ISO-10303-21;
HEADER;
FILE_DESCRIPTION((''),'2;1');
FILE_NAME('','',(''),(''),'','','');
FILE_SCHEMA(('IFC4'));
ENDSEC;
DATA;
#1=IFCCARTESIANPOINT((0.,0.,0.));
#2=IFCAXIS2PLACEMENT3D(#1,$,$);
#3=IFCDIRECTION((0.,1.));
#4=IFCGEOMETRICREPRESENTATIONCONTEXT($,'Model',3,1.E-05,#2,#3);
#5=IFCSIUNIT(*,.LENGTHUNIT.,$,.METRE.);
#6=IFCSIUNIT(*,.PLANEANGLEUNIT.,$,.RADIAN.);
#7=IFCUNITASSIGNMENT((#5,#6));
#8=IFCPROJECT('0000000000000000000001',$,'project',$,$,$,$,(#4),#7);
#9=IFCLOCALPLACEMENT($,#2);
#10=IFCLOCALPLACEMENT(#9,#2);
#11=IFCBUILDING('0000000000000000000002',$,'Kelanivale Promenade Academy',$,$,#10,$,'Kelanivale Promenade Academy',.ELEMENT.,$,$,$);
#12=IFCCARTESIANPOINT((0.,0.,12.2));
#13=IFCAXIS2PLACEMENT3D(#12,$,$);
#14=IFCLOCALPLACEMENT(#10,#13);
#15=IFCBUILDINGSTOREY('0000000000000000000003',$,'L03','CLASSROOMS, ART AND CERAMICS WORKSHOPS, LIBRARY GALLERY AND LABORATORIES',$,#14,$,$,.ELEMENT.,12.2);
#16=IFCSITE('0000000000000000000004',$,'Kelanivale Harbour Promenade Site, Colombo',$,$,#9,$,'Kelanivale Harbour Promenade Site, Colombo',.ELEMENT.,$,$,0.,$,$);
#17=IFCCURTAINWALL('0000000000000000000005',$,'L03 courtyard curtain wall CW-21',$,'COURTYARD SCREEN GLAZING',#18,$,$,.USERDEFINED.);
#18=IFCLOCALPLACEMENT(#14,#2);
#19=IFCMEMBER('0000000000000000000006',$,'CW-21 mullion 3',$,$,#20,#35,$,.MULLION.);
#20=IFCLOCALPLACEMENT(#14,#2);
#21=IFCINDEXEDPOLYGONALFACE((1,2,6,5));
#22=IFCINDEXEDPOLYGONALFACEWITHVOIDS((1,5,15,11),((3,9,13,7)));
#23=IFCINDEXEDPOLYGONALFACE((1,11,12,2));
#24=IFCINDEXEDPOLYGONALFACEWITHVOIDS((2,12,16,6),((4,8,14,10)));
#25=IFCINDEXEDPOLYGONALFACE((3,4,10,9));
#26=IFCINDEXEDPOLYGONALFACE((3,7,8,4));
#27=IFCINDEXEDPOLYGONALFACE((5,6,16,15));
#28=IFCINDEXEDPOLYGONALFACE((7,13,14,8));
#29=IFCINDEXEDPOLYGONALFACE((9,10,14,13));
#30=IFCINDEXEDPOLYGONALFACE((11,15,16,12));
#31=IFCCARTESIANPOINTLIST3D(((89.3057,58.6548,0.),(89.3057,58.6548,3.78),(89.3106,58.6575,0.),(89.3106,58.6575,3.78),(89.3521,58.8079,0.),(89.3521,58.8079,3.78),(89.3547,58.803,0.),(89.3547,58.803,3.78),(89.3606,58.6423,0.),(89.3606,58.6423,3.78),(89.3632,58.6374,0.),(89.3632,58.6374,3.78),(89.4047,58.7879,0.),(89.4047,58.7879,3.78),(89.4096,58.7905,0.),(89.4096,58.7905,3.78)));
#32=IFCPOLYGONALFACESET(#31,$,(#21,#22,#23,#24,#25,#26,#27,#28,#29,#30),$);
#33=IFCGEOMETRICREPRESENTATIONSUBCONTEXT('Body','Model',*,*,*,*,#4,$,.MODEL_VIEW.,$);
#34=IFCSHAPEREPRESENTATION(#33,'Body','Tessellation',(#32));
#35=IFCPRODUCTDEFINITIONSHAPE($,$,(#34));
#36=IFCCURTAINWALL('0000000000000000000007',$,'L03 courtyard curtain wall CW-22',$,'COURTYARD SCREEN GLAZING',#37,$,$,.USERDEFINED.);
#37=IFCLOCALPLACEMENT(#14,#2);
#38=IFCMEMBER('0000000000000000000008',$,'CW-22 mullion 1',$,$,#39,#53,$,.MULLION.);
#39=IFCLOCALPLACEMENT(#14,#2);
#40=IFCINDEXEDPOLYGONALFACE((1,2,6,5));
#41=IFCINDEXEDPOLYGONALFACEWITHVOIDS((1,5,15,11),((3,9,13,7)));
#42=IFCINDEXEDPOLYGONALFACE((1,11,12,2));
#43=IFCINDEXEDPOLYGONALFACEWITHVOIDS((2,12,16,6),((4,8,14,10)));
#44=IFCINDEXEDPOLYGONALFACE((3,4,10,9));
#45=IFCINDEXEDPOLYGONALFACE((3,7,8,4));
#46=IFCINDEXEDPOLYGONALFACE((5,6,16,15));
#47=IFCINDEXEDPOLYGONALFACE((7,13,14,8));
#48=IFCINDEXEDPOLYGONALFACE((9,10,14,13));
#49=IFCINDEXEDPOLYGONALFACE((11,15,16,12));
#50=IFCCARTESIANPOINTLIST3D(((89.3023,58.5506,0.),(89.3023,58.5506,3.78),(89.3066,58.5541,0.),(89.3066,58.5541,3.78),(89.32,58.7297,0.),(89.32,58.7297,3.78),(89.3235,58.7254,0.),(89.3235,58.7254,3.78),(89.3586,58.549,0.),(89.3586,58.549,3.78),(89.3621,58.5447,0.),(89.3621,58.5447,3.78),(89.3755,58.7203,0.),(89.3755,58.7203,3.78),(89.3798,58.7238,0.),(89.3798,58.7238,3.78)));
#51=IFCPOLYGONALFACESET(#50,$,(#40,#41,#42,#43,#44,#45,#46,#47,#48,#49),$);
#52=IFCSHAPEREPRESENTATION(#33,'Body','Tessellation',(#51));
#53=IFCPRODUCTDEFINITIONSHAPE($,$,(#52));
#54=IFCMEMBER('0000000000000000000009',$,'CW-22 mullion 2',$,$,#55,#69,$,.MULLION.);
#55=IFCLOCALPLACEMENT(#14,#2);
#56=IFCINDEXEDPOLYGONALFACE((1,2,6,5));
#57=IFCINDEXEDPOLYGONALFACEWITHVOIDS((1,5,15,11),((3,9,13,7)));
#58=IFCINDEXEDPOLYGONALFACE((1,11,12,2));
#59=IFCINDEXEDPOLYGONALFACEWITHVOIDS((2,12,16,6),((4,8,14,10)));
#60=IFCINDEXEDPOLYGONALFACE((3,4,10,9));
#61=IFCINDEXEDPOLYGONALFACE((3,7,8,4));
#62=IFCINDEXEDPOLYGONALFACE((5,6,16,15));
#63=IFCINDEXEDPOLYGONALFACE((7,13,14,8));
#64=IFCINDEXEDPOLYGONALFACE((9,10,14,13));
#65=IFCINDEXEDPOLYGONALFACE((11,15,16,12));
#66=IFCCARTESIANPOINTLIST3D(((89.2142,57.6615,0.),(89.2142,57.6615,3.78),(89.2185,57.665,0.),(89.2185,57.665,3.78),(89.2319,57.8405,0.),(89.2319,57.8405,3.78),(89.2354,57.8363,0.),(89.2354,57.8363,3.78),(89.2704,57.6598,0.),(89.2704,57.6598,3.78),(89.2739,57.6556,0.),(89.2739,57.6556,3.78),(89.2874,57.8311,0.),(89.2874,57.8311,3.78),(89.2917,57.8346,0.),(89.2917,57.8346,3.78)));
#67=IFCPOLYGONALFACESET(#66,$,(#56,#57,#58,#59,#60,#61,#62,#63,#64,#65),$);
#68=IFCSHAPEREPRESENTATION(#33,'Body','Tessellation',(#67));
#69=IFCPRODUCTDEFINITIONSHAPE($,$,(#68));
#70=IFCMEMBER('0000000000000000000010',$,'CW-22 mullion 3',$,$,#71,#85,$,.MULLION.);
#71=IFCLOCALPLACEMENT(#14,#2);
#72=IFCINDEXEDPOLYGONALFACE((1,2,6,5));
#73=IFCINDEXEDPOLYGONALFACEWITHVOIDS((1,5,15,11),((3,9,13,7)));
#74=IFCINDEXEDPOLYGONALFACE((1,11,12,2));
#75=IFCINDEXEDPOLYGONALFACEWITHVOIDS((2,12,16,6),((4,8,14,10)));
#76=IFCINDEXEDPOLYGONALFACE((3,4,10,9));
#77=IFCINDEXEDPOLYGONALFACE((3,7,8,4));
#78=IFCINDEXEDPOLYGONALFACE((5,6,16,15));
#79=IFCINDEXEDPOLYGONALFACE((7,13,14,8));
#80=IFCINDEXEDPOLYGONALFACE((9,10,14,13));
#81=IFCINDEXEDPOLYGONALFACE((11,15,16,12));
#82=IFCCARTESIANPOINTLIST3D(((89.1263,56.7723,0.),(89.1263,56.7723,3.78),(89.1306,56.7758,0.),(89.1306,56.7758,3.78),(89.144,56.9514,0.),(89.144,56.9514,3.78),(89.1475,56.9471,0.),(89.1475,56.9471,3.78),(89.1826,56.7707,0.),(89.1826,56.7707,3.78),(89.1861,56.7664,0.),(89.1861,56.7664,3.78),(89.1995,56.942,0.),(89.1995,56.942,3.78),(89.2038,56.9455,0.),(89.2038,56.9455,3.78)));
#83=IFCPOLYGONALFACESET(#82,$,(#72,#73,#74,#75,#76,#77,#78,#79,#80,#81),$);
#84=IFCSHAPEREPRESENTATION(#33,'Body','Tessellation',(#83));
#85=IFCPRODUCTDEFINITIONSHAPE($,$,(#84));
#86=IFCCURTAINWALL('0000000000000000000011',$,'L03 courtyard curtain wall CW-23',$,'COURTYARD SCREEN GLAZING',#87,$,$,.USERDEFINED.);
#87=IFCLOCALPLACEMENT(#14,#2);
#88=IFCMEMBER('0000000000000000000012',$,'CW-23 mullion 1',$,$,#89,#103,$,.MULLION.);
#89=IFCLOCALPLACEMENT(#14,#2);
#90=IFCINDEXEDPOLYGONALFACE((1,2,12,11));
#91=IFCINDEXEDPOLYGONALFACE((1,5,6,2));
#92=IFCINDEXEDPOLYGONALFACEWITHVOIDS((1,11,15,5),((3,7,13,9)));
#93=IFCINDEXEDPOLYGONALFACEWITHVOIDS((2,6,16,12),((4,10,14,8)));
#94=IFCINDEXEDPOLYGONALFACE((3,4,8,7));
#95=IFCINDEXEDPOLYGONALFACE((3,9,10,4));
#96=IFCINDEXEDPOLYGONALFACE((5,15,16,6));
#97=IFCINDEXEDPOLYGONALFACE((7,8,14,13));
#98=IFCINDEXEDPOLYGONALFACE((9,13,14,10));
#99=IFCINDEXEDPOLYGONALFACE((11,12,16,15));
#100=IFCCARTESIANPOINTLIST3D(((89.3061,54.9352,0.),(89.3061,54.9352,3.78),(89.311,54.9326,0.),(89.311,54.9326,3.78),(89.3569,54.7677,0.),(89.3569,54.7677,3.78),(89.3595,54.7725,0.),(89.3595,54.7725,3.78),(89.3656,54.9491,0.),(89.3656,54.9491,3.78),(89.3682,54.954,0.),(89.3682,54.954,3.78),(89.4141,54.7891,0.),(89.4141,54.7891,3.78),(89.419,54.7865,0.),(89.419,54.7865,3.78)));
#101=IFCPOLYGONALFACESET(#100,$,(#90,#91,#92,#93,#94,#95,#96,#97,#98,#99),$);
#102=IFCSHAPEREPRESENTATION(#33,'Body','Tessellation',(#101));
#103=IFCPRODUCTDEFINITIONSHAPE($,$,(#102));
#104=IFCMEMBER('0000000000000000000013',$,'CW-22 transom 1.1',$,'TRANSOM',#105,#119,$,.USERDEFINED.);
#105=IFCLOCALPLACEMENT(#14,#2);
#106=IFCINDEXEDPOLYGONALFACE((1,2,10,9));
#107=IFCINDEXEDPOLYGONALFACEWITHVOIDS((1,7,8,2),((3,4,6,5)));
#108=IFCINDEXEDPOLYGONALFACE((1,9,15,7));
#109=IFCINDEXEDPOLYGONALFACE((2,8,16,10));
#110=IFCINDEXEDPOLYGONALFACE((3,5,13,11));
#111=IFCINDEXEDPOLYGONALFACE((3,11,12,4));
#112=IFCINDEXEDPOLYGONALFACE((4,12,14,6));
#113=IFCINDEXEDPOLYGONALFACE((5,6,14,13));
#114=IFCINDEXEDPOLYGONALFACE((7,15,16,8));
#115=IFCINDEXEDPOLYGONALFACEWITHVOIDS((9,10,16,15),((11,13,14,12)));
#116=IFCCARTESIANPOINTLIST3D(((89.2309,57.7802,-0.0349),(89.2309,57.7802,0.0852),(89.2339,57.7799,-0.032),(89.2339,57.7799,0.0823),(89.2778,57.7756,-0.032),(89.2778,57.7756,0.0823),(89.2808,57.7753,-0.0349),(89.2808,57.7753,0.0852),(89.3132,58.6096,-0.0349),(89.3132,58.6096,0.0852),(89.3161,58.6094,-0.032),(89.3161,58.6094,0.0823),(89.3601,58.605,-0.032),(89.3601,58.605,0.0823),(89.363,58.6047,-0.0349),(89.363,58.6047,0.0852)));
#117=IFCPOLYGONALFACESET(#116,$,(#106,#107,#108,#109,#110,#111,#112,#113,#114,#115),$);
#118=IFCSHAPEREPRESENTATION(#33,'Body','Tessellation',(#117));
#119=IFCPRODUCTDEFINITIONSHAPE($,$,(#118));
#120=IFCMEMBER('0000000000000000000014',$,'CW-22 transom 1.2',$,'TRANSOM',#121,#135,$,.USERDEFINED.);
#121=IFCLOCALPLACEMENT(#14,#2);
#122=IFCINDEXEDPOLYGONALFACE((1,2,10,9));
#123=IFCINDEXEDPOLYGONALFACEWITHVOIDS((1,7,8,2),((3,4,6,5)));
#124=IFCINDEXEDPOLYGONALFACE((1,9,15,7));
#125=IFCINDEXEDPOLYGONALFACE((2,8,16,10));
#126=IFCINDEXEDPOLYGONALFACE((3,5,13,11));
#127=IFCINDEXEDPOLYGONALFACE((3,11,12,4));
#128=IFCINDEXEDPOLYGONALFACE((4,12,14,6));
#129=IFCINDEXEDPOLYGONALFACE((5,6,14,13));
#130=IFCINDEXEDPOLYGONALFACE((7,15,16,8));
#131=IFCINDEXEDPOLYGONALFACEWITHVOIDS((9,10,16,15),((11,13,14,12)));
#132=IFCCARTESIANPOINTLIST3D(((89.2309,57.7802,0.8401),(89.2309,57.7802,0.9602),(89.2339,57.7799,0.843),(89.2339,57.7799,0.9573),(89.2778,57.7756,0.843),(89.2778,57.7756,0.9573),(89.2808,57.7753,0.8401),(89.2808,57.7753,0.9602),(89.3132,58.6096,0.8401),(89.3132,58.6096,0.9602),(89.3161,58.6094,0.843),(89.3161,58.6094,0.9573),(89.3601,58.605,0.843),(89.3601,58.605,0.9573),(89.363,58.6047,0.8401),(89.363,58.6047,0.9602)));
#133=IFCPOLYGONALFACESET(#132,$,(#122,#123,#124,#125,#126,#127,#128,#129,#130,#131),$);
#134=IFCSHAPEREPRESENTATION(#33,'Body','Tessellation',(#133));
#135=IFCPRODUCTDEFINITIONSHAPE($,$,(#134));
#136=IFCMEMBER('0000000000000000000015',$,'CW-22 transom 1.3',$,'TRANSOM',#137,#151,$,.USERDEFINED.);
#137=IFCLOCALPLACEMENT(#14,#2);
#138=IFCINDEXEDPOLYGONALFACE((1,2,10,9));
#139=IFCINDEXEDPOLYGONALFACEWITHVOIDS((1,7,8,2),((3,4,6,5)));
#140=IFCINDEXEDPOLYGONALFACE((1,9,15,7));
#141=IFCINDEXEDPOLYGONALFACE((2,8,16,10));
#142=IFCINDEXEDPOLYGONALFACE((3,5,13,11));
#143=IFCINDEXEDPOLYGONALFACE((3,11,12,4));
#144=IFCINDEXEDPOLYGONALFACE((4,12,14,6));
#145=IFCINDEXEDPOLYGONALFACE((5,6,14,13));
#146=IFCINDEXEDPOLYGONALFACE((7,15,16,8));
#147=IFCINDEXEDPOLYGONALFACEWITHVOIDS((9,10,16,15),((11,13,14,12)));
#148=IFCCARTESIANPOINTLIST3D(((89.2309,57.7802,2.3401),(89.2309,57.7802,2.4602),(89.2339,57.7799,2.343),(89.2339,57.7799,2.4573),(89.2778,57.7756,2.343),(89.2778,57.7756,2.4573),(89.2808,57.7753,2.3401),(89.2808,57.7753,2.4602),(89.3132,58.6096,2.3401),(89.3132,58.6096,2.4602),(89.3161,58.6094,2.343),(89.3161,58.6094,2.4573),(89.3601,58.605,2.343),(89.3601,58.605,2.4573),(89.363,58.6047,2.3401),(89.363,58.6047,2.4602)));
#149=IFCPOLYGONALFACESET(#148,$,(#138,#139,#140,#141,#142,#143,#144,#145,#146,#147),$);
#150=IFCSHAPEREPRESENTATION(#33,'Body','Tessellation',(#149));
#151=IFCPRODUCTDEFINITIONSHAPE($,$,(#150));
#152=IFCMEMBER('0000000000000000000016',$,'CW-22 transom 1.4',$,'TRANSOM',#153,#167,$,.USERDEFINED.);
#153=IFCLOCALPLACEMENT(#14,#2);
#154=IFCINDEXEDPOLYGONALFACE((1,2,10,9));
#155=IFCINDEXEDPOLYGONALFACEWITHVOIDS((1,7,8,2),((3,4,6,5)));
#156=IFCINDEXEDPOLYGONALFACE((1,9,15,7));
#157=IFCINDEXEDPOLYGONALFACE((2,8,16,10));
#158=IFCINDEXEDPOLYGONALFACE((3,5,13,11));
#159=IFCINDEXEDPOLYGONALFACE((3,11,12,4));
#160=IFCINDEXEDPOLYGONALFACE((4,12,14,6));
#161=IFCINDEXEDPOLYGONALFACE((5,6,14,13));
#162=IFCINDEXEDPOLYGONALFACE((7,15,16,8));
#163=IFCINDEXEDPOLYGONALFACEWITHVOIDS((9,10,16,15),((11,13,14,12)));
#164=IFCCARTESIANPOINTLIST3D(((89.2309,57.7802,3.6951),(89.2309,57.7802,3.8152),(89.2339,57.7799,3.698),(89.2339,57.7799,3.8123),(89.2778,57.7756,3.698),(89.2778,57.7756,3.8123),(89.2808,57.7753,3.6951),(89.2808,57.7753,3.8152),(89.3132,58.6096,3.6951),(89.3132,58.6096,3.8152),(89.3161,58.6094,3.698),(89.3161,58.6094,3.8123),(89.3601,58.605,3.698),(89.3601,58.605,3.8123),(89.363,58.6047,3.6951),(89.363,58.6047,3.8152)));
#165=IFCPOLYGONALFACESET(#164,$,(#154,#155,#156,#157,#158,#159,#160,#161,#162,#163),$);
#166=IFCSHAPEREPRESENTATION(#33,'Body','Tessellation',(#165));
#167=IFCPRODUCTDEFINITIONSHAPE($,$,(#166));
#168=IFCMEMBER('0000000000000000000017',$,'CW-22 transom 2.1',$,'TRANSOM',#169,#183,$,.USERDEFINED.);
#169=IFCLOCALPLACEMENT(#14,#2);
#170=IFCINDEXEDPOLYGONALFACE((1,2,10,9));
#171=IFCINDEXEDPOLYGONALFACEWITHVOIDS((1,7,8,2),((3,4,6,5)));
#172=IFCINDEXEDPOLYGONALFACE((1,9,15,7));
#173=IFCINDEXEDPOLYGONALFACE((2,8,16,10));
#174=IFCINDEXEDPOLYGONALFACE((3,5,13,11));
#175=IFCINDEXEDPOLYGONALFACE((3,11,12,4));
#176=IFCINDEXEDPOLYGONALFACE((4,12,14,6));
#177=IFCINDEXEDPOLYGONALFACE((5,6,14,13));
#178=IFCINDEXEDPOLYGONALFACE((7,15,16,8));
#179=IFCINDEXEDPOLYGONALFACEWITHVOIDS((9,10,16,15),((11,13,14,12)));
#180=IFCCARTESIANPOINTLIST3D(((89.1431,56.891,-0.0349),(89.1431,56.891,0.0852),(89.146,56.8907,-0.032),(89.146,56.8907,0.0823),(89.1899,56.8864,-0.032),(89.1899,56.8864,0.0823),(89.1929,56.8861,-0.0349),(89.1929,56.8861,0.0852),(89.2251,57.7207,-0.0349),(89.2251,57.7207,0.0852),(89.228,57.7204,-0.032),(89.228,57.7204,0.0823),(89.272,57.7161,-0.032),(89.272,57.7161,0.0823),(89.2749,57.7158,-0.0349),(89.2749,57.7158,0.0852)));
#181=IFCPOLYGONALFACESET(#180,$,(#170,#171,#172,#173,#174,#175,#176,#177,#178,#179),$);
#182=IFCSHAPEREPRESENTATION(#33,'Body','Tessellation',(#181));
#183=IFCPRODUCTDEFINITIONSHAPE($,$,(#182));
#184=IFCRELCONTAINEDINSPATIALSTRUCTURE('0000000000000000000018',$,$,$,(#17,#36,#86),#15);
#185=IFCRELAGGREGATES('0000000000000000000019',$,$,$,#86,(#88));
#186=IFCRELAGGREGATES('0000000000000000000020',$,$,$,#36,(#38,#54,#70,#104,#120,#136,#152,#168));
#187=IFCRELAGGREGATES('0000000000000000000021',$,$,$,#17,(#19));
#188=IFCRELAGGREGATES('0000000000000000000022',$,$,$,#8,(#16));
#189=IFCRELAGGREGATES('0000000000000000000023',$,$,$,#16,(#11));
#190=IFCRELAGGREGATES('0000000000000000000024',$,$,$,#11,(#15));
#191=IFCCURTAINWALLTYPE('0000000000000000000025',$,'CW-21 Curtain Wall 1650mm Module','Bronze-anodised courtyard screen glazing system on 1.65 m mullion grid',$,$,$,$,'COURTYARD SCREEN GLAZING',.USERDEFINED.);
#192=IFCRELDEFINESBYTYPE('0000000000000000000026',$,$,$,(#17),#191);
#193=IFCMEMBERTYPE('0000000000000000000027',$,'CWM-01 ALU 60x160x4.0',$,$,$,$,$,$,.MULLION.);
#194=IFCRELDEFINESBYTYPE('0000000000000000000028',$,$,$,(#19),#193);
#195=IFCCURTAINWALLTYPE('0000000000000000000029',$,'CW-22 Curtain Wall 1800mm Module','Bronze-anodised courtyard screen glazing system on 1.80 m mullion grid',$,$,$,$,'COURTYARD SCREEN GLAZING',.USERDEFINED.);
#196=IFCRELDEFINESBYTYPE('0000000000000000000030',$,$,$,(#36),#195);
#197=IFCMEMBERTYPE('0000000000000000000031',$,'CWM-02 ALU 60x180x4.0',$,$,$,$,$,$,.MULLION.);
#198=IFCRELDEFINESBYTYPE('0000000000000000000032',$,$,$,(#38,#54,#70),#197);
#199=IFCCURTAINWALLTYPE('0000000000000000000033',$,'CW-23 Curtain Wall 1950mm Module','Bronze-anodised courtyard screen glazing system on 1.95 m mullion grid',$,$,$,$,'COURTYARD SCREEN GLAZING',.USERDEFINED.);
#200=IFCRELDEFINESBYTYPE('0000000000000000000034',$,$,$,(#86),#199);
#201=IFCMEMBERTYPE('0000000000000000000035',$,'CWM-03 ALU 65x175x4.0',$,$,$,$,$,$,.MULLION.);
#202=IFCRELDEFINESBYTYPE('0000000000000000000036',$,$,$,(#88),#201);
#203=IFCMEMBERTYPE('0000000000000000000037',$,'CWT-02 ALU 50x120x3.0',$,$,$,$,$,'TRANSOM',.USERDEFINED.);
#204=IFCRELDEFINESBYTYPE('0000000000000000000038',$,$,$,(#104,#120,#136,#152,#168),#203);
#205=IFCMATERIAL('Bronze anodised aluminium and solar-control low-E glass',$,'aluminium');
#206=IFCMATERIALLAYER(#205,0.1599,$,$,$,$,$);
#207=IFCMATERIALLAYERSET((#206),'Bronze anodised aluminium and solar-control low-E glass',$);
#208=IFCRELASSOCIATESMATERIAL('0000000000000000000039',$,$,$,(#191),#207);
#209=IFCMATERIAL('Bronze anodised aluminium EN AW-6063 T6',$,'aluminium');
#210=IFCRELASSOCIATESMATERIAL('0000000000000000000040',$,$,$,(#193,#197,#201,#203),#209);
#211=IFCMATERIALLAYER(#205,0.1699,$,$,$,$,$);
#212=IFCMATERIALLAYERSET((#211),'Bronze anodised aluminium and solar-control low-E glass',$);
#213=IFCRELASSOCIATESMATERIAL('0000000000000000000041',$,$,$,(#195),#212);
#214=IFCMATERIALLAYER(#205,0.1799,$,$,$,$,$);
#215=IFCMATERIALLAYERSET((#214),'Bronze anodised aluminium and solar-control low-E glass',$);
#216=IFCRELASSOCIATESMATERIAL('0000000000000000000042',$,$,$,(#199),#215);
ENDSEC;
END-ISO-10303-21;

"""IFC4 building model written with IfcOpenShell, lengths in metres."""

from ifc_helpers import new_model, si_unit, direction, frame, origin, origin_2d, place, context, subcontext, project, spatial, hollow_rectangle, extrude, material, layer, layer_set, material_profile, profile_set, type_object, element, aggregate, save


model = new_model("IFC4")

# Units and contexts
model_context = context("Model", 3, precision=1e-05, world=origin(), true_north=direction((0.0, 1.0)))
body_context = subcontext(model_context, "Body", "Model", "MODEL_VIEW")
ifc_project = project(units=[si_unit("LENGTHUNIT", "METRE"), si_unit("PLANEANGLEUNIT", "RADIAN")], contexts=[model_context])

# Site, building, storey
site_placement = place(None, origin())
site = spatial("IfcSite", under=ifc_project, at=site_placement, Name="Kelanivale Harbour Promenade Site, Colombo", LongName="Kelanivale Harbour Promenade Site, Colombo", CompositionType="ELEMENT", RefElevation=0.0)
building_placement = place(site_placement, origin())
building = spatial("IfcBuilding", under=site, at=building_placement, Name="Kelanivale Promenade Academy", LongName="Kelanivale Promenade Academy", CompositionType="ELEMENT")
storey_placement = place(building_placement, frame((0.0, 0.0, 12.2)))
storey = spatial("IfcBuildingStorey", under=building, at=storey_placement, Name="L03", Description="CLASSROOMS, ART AND CERAMICS WORKSHOPS, LIBRARY GALLERY AND LABORATORIES", CompositionType="ELEMENT", Elevation=12.2)

# Curtain wall, member
ifc_material_1 = material(Name="Bronze anodised aluminium and solar-control low-E glass", Category="aluminium")
ifc_layer_1 = layer(ifc_material_1, 0.1599)
ifc_layer_set_1 = layer_set([ifc_layer_1], Name="Bronze anodised aluminium and solar-control low-E glass")
curtain_wall_type_1 = type_object("IfcCurtainWallType", Name="CW-21 Curtain Wall 1650mm Module", Description="Bronze-anodised courtyard screen glazing system on 1.65 m mullion grid", ElementType="COURTYARD SCREEN GLAZING", PredefinedType="USERDEFINED", material=ifc_layer_set_1)
curtain_wall_1_placement = place(storey_placement, origin())
curtain_wall_1 = element("IfcCurtainWall", 1, at=curtain_wall_1_placement, inside=storey, type_object=curtain_wall_type_1, Name="L03 courtyard curtain wall CW-21", ObjectType="COURTYARD SCREEN GLAZING", PredefinedType="USERDEFINED")
ifc_material_2 = material(Name="Bronze anodised aluminium EN AW-6063 T6", Category="aluminium")
ifc_material_profile_1 = material_profile(ifc_material_2, hollow_rectangle(XDim=0.0601, YDim=0.1599, WallThickness=0.0039, at=origin_2d()), Name="ALU 60x160x4.0")
ifc_profile_set_1 = profile_set([ifc_material_profile_1], Name="Bronze anodised aluminium EN AW-6063 T6")
member_type_1 = type_object("IfcMemberType", Name="CWM-01 ALU 60x160x4.0", PredefinedType="MULLION", material=ifc_profile_set_1)
member_1_placement = place(storey_placement, frame((89.3577, 58.7227, 0.0), z_axis=(0.0, 0.0, 1.0), x_axis=(0.957024, -0.290007, 0.0)))
member_1 = element("IfcMember", 2, at=member_1_placement, type_object=member_type_1, Name="CW-21 mullion 3", PredefinedType="MULLION", context=body_context, shape_type="SweptSolid", body=[
    extrude(hollow_rectangle(XDim=0.0601, YDim=0.1599, WallThickness=0.0039, at=origin_2d()), origin(), (0.0, 0.0, 1.0), 3.78),
])

# Curtain wall, members
ifc_layer_2 = layer(ifc_material_1, 0.1699)
ifc_layer_set_2 = layer_set([ifc_layer_2], Name="Bronze anodised aluminium and solar-control low-E glass")
curtain_wall_type_2 = type_object("IfcCurtainWallType", Name="CW-22 Curtain Wall 1800mm Module", Description="Bronze-anodised courtyard screen glazing system on 1.80 m mullion grid", ElementType="COURTYARD SCREEN GLAZING", PredefinedType="USERDEFINED", material=ifc_layer_set_2)
curtain_wall_2_placement = place(storey_placement, origin())
curtain_wall_2 = element("IfcCurtainWall", 3, at=curtain_wall_2_placement, inside=storey, type_object=curtain_wall_type_2, Name="L03 courtyard curtain wall CW-22", ObjectType="COURTYARD SCREEN GLAZING", PredefinedType="USERDEFINED")
ifc_material_profile_2 = material_profile(ifc_material_2, hollow_rectangle(XDim=0.0601, YDim=0.1799, WallThickness=0.0039, at=origin_2d()), Name="ALU 60x180x4.0")
ifc_profile_set_2 = profile_set([ifc_material_profile_2], Name="Bronze anodised aluminium EN AW-6063 T6")
member_type_2 = type_object("IfcMemberType", Name="CWM-02 ALU 60x180x4.0", PredefinedType="MULLION", material=ifc_profile_set_2)
member_2_placement = place(storey_placement, frame((89.3411, 58.6372, 0.0), z_axis=(0.0, 0.0, 1.0), x_axis=(0.995133, -0.098539, 0.0)))
member_2 = element("IfcMember", 4, at=member_2_placement, type_object=member_type_2, Name="CW-22 mullion 1", PredefinedType="MULLION", context=body_context, shape_type="SweptSolid", body=[
    extrude(hollow_rectangle(XDim=0.0601, YDim=0.1799, WallThickness=0.0039, at=origin_2d()), origin(), (0.0, 0.0, 1.0), 3.78),
])
member_3_placement = place(storey_placement, frame((89.2529, 57.748, 0.0), z_axis=(0.0, 0.0, 1.0), x_axis=(0.995133, -0.098539, 0.0)))
member_3 = element("IfcMember", 5, at=member_3_placement, type_object=member_type_2, Name="CW-22 mullion 2", PredefinedType="MULLION", context=body_context, shape_type="SweptSolid", body=[
    extrude(hollow_rectangle(XDim=0.0601, YDim=0.1799, WallThickness=0.0039, at=origin_2d()), origin(), (0.0, 0.0, 1.0), 3.78),
])
member_4_placement = place(storey_placement, frame((89.165, 56.8589, 0.0), z_axis=(0.0, 0.0, 1.0), x_axis=(0.995133, -0.098539, 0.0)))
member_4 = element("IfcMember", 6, at=member_4_placement, type_object=member_type_2, Name="CW-22 mullion 3", PredefinedType="MULLION", context=body_context, shape_type="SweptSolid", body=[
    extrude(hollow_rectangle(XDim=0.0601, YDim=0.1799, WallThickness=0.0039, at=origin_2d()), origin(), (0.0, 0.0, 1.0), 3.78),
])

# Curtain wall, member
ifc_layer_3 = layer(ifc_material_1, 0.1799)
ifc_layer_set_3 = layer_set([ifc_layer_3], Name="Bronze anodised aluminium and solar-control low-E glass")
curtain_wall_type_3 = type_object("IfcCurtainWallType", Name="CW-23 Curtain Wall 1950mm Module", Description="Bronze-anodised courtyard screen glazing system on 1.95 m mullion grid", ElementType="COURTYARD SCREEN GLAZING", PredefinedType="USERDEFINED", material=ifc_layer_set_3)
curtain_wall_3_placement = place(storey_placement, origin())
curtain_wall_3 = element("IfcCurtainWall", 7, at=curtain_wall_3_placement, inside=storey, type_object=curtain_wall_type_3, Name="L03 courtyard curtain wall CW-23", ObjectType="COURTYARD SCREEN GLAZING", PredefinedType="USERDEFINED")
ifc_material_profile_3 = material_profile(ifc_material_2, hollow_rectangle(XDim=0.0649, YDim=0.175, WallThickness=0.0039, at=origin_2d()), Name="ALU 65x175x4.0")
ifc_profile_set_3 = profile_set([ifc_material_profile_3], Name="Bronze anodised aluminium EN AW-6063 T6")
member_type_3 = type_object("IfcMemberType", Name="CWM-03 ALU 65x175x4.0", PredefinedType="MULLION", material=ifc_profile_set_3)
member_5_placement = place(storey_placement, frame((89.3625, 54.8608, 0.0), z_axis=(0.0, 0.0, 1.0), x_axis=(0.956988, 0.290128, 0.0)))
member_5 = element("IfcMember", 8, at=member_5_placement, type_object=member_type_3, Name="CW-23 mullion 1", PredefinedType="MULLION", context=body_context, shape_type="SweptSolid", body=[
    extrude(hollow_rectangle(XDim=0.0649, YDim=0.175, WallThickness=0.0039, at=origin_2d()), origin(), (0.0, 0.0, 1.0), 3.78),
])

# Members
ifc_material_profile_4 = material_profile(ifc_material_2, hollow_rectangle(XDim=0.05, YDim=0.1201, WallThickness=0.0029, at=origin_2d()), Name="ALU 50x120x3.0")
ifc_profile_set_4 = profile_set([ifc_material_profile_4], Name="Bronze anodised aluminium EN AW-6063 T6")
member_type_4 = type_object("IfcMemberType", Name="CWT-02 ALU 50x120x3.0", ElementType="TRANSOM", PredefinedType="USERDEFINED", material=ifc_profile_set_4)
member_6_placement = place(storey_placement, frame((89.3381, 58.6072, 0.0251), z_axis=(-0.098721, -0.995115, 0.0), x_axis=(0.995115, -0.098721, 0.0)))
member_6 = element("IfcMember", 9, at=member_6_placement, type_object=member_type_4, Name="CW-22 transom 1.1", ObjectType="TRANSOM", PredefinedType="USERDEFINED", context=body_context, shape_type="SweptSolid", body=[
    extrude(hollow_rectangle(XDim=0.05, YDim=0.1201, WallThickness=0.0029, at=origin_2d()), origin(), (0.0, 0.0, 1.0), 0.8335),
])
member_7_placement = place(storey_placement, frame((89.3381, 58.6072, 0.9001), z_axis=(-0.098721, -0.995115, 0.0), x_axis=(0.995115, -0.098721, 0.0)))
member_7 = element("IfcMember", 10, at=member_7_placement, type_object=member_type_4, Name="CW-22 transom 1.2", ObjectType="TRANSOM", PredefinedType="USERDEFINED", context=body_context, shape_type="SweptSolid", body=[
    extrude(hollow_rectangle(XDim=0.05, YDim=0.1201, WallThickness=0.0029, at=origin_2d()), origin(), (0.0, 0.0, 1.0), 0.8335),
])
member_8_placement = place(storey_placement, frame((89.3381, 58.6072, 2.4001), z_axis=(-0.098721, -0.995115, 0.0), x_axis=(0.995115, -0.098721, 0.0)))
member_8 = element("IfcMember", 11, at=member_8_placement, type_object=member_type_4, Name="CW-22 transom 1.3", ObjectType="TRANSOM", PredefinedType="USERDEFINED", context=body_context, shape_type="SweptSolid", body=[
    extrude(hollow_rectangle(XDim=0.05, YDim=0.1201, WallThickness=0.0029, at=origin_2d()), origin(), (0.0, 0.0, 1.0), 0.8335),
])
member_9_placement = place(storey_placement, frame((89.3381, 58.6072, 3.7551), z_axis=(-0.098721, -0.995115, 0.0), x_axis=(0.995115, -0.098721, 0.0)))
member_9 = element("IfcMember", 12, at=member_9_placement, type_object=member_type_4, Name="CW-22 transom 1.4", ObjectType="TRANSOM", PredefinedType="USERDEFINED", context=body_context, shape_type="SweptSolid", body=[
    extrude(hollow_rectangle(XDim=0.05, YDim=0.1201, WallThickness=0.0029, at=origin_2d()), origin(), (0.0, 0.0, 1.0), 0.8335),
])
member_10_placement = place(storey_placement, frame((89.25, 57.7183, 0.0251), z_axis=(-0.098402, -0.995147, 0.0), x_axis=(0.995147, -0.098402, 0.0)))
member_10 = element("IfcMember", 13, at=member_10_placement, type_object=member_type_4, Name="CW-22 transom 2.1", ObjectType="TRANSOM", PredefinedType="USERDEFINED", context=body_context, shape_type="SweptSolid", body=[
    extrude(hollow_rectangle(XDim=0.05, YDim=0.1201, WallThickness=0.0029, at=origin_2d()), origin(), (0.0, 0.0, 1.0), 0.8337),
])
aggregate(curtain_wall_3, [member_5])

aggregate(curtain_wall_2, [member_2, member_3, member_4, member_6, member_7, member_8, member_9, member_10])
aggregate(curtain_wall_1, [member_1])

save(model, "model.ifc")
